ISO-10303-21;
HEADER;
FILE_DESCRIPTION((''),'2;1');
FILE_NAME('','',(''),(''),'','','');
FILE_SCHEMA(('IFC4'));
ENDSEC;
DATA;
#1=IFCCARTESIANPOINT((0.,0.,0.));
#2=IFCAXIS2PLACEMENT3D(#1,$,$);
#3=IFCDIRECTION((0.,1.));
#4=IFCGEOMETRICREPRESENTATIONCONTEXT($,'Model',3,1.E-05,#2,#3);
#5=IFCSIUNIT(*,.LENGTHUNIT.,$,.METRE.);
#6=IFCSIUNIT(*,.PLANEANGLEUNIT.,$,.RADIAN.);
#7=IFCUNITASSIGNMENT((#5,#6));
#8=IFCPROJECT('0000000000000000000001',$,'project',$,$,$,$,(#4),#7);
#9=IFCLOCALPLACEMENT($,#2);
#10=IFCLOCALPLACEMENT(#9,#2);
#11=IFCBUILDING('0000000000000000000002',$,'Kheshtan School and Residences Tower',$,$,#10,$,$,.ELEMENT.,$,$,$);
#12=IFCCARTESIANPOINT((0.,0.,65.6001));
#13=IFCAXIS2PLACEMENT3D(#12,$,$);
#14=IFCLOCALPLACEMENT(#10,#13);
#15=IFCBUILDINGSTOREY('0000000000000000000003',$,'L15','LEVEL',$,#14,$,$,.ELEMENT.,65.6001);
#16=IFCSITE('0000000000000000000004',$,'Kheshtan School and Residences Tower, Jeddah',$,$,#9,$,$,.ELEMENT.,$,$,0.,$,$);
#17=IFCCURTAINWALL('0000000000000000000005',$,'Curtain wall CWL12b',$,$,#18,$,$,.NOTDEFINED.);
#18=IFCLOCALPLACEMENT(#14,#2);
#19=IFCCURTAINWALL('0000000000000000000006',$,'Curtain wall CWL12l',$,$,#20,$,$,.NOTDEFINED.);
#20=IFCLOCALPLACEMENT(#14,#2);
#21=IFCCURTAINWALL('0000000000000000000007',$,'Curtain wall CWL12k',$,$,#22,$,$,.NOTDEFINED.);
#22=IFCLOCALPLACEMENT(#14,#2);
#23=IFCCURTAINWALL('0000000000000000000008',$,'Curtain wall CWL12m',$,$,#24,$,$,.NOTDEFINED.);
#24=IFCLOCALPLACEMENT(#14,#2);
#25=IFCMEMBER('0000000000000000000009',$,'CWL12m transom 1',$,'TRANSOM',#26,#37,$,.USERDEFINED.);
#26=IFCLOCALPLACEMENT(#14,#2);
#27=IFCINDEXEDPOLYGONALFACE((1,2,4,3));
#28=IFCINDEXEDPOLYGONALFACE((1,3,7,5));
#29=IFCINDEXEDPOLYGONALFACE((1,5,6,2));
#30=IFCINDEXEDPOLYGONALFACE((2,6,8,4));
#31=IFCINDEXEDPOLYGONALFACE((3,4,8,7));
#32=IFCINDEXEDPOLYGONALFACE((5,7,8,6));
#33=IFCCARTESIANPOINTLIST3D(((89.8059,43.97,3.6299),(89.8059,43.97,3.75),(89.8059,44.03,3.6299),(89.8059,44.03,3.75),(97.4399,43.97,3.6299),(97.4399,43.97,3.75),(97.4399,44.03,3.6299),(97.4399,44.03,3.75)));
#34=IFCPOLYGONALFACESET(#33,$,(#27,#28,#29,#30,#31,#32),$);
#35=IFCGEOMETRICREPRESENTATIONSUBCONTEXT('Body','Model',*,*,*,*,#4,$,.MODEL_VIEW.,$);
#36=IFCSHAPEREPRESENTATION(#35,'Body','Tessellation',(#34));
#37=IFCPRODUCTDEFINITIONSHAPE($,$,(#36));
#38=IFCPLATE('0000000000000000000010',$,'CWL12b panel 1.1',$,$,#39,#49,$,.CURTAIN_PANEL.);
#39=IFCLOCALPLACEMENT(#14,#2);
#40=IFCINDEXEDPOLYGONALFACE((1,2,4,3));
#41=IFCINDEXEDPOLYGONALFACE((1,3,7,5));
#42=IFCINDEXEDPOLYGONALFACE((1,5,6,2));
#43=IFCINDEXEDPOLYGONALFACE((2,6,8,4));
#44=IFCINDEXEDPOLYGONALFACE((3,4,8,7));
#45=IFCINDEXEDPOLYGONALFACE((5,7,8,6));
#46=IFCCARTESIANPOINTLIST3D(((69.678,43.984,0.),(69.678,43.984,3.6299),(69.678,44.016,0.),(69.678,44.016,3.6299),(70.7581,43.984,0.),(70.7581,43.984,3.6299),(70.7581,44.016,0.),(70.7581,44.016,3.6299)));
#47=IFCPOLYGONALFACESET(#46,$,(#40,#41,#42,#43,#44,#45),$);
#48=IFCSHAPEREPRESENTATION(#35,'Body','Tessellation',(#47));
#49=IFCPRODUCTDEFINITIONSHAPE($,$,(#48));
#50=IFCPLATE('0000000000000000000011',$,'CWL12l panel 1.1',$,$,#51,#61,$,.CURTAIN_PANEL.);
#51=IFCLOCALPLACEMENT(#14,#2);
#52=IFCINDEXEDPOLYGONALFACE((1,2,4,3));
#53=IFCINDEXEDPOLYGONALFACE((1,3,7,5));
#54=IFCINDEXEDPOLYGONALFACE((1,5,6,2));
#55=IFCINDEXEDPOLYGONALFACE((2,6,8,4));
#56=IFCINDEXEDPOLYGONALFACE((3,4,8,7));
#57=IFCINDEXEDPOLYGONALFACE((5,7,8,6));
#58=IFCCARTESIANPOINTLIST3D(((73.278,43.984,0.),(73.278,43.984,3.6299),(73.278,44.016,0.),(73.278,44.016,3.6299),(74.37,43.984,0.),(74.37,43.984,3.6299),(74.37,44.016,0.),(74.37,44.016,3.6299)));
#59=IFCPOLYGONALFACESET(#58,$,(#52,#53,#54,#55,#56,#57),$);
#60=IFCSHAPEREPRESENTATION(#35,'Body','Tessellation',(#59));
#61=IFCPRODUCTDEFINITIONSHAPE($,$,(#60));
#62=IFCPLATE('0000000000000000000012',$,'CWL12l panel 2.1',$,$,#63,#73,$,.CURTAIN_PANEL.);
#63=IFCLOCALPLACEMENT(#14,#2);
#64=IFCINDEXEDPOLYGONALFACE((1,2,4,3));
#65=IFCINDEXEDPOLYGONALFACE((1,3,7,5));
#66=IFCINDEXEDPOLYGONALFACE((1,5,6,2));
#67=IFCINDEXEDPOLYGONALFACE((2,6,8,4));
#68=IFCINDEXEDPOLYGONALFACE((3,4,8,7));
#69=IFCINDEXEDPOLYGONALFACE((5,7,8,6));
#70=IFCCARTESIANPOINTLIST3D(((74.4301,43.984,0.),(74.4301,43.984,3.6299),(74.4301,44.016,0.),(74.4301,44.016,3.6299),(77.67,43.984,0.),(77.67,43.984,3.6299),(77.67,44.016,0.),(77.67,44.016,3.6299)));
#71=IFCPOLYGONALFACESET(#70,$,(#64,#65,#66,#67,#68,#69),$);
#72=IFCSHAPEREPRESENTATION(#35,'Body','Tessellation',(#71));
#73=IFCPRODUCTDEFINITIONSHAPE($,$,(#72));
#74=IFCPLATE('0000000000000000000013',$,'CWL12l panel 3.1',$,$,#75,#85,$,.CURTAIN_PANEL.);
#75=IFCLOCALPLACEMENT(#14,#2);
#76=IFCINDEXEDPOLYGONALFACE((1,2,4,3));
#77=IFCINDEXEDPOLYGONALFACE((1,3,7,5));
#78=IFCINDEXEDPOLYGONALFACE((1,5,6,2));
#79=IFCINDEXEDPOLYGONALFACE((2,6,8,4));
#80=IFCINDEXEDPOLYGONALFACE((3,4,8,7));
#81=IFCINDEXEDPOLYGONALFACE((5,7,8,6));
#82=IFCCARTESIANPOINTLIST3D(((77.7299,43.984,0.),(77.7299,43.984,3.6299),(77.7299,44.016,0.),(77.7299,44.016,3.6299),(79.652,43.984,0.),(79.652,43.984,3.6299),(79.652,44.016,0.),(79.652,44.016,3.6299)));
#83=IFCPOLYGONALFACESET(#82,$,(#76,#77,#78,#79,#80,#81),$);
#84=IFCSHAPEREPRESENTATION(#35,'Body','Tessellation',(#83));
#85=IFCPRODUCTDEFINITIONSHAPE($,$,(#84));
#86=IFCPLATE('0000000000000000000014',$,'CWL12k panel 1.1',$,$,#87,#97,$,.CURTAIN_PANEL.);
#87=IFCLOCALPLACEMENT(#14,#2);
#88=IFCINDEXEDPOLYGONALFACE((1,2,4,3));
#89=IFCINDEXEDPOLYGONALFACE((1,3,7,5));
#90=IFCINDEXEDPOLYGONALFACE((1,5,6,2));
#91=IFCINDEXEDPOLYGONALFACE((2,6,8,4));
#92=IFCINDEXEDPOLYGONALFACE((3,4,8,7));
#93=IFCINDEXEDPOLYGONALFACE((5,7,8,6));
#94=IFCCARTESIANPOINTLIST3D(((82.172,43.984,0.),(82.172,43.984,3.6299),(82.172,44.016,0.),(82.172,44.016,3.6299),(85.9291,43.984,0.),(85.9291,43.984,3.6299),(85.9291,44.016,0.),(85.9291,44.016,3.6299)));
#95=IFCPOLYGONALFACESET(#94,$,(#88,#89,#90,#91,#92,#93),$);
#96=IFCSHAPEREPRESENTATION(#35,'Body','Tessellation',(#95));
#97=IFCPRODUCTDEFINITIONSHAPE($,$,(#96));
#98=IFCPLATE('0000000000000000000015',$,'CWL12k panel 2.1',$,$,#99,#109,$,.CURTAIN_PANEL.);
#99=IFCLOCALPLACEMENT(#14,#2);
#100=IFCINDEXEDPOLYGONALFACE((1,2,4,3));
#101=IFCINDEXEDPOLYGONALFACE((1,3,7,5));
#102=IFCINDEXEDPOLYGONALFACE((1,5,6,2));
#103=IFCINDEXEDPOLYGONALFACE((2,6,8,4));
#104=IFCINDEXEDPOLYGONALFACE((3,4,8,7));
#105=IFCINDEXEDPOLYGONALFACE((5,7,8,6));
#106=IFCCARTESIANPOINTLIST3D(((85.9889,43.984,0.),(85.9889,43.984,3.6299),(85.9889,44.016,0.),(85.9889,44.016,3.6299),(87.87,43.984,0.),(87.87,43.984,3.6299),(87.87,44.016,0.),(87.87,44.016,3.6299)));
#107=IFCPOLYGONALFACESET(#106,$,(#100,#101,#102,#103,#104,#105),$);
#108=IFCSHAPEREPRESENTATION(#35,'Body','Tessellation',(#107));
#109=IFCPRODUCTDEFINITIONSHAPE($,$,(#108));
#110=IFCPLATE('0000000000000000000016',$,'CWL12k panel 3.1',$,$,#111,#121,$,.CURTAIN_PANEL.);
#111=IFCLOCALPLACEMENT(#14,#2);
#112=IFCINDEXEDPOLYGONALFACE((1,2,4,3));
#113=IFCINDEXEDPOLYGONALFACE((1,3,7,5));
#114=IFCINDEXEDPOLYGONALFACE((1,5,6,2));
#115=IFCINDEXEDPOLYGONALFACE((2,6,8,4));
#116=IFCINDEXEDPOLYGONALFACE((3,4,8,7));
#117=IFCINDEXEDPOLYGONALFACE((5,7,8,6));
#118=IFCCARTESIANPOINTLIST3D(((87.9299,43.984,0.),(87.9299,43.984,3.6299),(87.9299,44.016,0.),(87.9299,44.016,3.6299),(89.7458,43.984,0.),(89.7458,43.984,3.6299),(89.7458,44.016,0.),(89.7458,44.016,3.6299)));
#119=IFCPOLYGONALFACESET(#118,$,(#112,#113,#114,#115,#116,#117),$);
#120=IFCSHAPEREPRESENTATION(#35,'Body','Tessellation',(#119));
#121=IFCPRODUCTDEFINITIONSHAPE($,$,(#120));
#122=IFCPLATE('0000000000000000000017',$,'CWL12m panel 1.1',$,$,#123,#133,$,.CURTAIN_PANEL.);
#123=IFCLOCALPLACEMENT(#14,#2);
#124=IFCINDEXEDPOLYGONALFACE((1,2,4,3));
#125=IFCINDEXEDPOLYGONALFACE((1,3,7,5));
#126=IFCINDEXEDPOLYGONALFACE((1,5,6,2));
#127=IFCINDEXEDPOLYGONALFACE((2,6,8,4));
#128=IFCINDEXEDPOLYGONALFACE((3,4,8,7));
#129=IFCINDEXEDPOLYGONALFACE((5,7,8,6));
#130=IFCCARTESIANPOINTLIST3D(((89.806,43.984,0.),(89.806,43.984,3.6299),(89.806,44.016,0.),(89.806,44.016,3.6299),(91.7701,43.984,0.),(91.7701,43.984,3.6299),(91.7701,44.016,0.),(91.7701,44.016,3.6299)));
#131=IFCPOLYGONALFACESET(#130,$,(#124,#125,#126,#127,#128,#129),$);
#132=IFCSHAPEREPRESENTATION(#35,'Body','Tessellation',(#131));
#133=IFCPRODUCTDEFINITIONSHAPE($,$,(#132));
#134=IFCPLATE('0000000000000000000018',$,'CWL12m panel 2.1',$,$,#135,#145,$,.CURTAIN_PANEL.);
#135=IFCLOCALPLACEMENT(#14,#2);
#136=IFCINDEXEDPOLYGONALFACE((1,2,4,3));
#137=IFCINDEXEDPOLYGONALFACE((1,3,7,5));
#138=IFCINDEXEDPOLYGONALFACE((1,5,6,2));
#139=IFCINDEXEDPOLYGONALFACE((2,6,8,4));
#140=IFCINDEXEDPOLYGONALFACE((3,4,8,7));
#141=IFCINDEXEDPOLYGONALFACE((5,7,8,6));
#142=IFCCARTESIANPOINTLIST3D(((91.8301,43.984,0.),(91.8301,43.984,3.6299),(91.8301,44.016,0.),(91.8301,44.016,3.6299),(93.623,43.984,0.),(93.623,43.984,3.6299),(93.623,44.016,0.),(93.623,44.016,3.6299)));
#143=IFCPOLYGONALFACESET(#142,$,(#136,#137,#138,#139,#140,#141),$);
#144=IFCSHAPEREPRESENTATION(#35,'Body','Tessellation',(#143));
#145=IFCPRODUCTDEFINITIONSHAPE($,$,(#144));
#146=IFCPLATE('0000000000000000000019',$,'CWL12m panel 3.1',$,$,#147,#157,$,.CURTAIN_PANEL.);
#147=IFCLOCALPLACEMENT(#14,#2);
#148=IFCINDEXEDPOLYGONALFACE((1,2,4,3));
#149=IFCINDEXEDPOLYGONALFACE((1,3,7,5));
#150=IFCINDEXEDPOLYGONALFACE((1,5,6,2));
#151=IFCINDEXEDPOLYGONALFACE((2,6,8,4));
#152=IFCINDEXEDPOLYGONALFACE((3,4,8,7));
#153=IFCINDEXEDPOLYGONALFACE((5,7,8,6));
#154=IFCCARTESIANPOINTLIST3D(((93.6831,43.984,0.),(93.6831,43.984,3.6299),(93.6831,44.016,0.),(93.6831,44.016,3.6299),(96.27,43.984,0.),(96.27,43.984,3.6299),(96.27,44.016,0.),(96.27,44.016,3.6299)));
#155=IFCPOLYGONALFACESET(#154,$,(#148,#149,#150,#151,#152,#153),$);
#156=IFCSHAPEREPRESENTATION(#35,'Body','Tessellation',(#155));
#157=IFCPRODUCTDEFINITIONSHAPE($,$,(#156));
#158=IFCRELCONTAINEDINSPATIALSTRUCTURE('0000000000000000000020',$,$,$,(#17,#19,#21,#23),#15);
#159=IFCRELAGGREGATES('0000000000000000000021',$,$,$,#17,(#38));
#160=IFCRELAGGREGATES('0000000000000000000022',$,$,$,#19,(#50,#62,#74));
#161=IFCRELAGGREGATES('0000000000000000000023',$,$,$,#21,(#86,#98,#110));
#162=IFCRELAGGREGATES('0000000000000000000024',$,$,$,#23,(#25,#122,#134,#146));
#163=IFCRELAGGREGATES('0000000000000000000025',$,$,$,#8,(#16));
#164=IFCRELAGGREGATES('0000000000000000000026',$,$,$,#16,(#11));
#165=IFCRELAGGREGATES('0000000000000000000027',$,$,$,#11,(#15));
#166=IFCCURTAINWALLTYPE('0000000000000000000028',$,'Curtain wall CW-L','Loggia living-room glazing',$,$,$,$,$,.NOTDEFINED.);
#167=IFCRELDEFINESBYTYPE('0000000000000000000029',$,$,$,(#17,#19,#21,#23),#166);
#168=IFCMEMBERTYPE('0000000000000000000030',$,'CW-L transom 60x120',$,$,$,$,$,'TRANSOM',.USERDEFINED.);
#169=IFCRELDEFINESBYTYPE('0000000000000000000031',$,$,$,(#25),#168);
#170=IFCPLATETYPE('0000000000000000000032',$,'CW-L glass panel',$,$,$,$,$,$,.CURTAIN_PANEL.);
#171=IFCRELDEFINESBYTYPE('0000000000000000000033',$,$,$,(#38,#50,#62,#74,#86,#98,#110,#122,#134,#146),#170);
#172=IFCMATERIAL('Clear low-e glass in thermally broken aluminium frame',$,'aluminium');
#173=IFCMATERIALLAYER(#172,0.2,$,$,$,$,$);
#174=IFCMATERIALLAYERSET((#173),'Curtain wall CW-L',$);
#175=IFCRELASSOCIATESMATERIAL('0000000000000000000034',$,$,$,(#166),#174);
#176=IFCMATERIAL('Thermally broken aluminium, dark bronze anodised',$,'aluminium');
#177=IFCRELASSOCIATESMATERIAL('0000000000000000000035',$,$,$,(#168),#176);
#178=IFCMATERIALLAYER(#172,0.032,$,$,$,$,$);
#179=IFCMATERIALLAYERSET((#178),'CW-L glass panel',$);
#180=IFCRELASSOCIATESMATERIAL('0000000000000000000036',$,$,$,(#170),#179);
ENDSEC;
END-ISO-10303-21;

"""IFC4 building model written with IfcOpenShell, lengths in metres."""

from ifc_helpers import new_model, si_unit, direction, frame, origin, origin_2d, place, context, subcontext, project, spatial, rectangle, extrude, material, layer, layer_set, material_profile, profile_set, type_object, element, aggregate, save


model = new_model("IFC4")

# Units and contexts
model_context = context("Model", 3, precision=1e-05, world=origin(), true_north=direction((0.0, 1.0)))
body_context = subcontext(model_context, "Body", "Model", "MODEL_VIEW")
ifc_project = project(units=[si_unit("LENGTHUNIT", "METRE"), si_unit("PLANEANGLEUNIT", "RADIAN")], contexts=[model_context])

# Site, building, storey
site_placement = place(None, origin())
site = spatial("IfcSite", under=ifc_project, at=site_placement, Name="Kheshtan School and Residences Tower, Jeddah", CompositionType="ELEMENT", RefElevation=0.0)
building_placement = place(site_placement, origin())
building = spatial("IfcBuilding", under=site, at=building_placement, Name="Kheshtan School and Residences Tower", CompositionType="ELEMENT")
storey_placement = place(building_placement, frame((0.0, 0.0, 65.6001)))
storey = spatial("IfcBuildingStorey", under=building, at=storey_placement, Name="L15", Description="LEVEL", CompositionType="ELEMENT", Elevation=65.6001)

# Curtain walls
ifc_material_1 = material(Name="Clear low-e glass in thermally broken aluminium frame", Category="aluminium")
ifc_layer_1 = layer(ifc_material_1, 0.2)
ifc_layer_set_1 = layer_set([ifc_layer_1], Name="Curtain wall CW-L")
curtain_wall_type = type_object("IfcCurtainWallType", Name="Curtain wall CW-L", Description="Loggia living-room glazing", PredefinedType="NOTDEFINED", material=ifc_layer_set_1)
curtain_wall_1_placement = place(storey_placement, origin())
curtain_wall_1 = element("IfcCurtainWall", 1, at=curtain_wall_1_placement, inside=storey, type_object=curtain_wall_type, Name="Curtain wall CWL12b", PredefinedType="NOTDEFINED")
ifc_material_2 = material(Name="Thermally broken aluminium, dark bronze anodised", Category="aluminium")
curtain_wall_2_placement = place(storey_placement, origin())
curtain_wall_2 = element("IfcCurtainWall", 2, at=curtain_wall_2_placement, inside=storey, type_object=curtain_wall_type, Name="Curtain wall CWL12l", PredefinedType="NOTDEFINED")
curtain_wall_3_placement = place(storey_placement, origin())
curtain_wall_3 = element("IfcCurtainWall", 3, at=curtain_wall_3_placement, inside=storey, type_object=curtain_wall_type, Name="Curtain wall CWL12k", PredefinedType="NOTDEFINED")
curtain_wall_4_placement = place(storey_placement, origin())
curtain_wall_4 = element("IfcCurtainWall", 4, at=curtain_wall_4_placement, inside=storey, type_object=curtain_wall_type, Name="Curtain wall CWL12m", PredefinedType="NOTDEFINED")

# Member
ifc_material_profile_1 = material_profile(ifc_material_2, rectangle(XDim=0.0601, YDim=0.1201, at=origin_2d()), Name="CW-L transom 60x120")
ifc_profile_set_1 = profile_set([ifc_material_profile_1], Name="Thermally broken aluminium, dark bronze anodised")
member_type_1 = type_object("IfcMemberType", Name="CW-L transom 60x120", ElementType="TRANSOM", PredefinedType="USERDEFINED", material=ifc_profile_set_1)
member_1_placement = place(storey_placement, frame((89.8059, 44.0, 3.6899), z_axis=(1.0, 0.0, 0.0), x_axis=(0.0, 1.0, 0.0)))
member_1 = element("IfcMember", 5, at=member_1_placement, type_object=member_type_1, Name="CWL12m transom 1", ObjectType="TRANSOM", PredefinedType="USERDEFINED", context=body_context, shape_type="SweptSolid", body=[
    extrude(rectangle(XDim=0.0601, YDim=0.1201, at=origin_2d()), origin(), (0.0, 0.0, 1.0), 7.634),
])

# Plates
ifc_layer_2 = layer(ifc_material_1, 0.032)
ifc_layer_set_2 = layer_set([ifc_layer_2], Name="CW-L glass panel")
plate_type = type_object("IfcPlateType", Name="CW-L glass panel", PredefinedType="CURTAIN_PANEL", material=ifc_layer_set_2)
plate_1_placement = place(storey_placement, frame((70.218, 44.0, 0.0), z_axis=(0.0, 0.0, 1.0), x_axis=(1.0, 0.0, 0.0)))
plate_1 = element("IfcPlate", 6, at=plate_1_placement, type_object=plate_type, Name="CWL12b panel 1.1", PredefinedType="CURTAIN_PANEL", context=body_context, shape_type="SweptSolid", body=[
    extrude(rectangle(XDim=1.0801, YDim=0.032, at=origin_2d()), origin(), (0.0, 0.0, 1.0), 3.6299),
])
aggregate(curtain_wall_1, [plate_1])
plate_2_placement = place(storey_placement, frame((73.824, 44.0, 0.0), z_axis=(0.0, 0.0, 1.0), x_axis=(1.0, 0.0, 0.0)))
plate_2 = element("IfcPlate", 7, at=plate_2_placement, type_object=plate_type, Name="CWL12l panel 1.1", PredefinedType="CURTAIN_PANEL", context=body_context, shape_type="SweptSolid", body=[
    extrude(rectangle(XDim=1.092, YDim=0.032, at=origin_2d()), origin(), (0.0, 0.0, 1.0), 3.6299),
])
plate_3_placement = place(storey_placement, frame((76.05, 44.0, 0.0), z_axis=(0.0, 0.0, 1.0), x_axis=(1.0, 0.0, 0.0)))
plate_3 = element("IfcPlate", 8, at=plate_3_placement, type_object=plate_type, Name="CWL12l panel 2.1", PredefinedType="CURTAIN_PANEL", context=body_context, shape_type="SweptSolid", body=[
    extrude(rectangle(XDim=3.24, YDim=0.032, at=origin_2d()), origin(), (0.0, 0.0, 1.0), 3.6299),
])
plate_4_placement = place(storey_placement, frame((78.6909, 44.0, 0.0), z_axis=(0.0, 0.0, 1.0), x_axis=(1.0, 0.0, 0.0)))
plate_4 = element("IfcPlate", 9, at=plate_4_placement, type_object=plate_type, Name="CWL12l panel 3.1", PredefinedType="CURTAIN_PANEL", context=body_context, shape_type="SweptSolid", body=[
    extrude(rectangle(XDim=1.9221, YDim=0.032, at=origin_2d()), origin(), (0.0, 0.0, 1.0), 3.6299),
])
aggregate(curtain_wall_2, [plate_2, plate_3, plate_4])
plate_5_placement = place(storey_placement, frame((84.0505, 44.0, 0.0), z_axis=(0.0, 0.0, 1.0), x_axis=(1.0, 0.0, 0.0)))
plate_5 = element("IfcPlate", 10, at=plate_5_placement, type_object=plate_type, Name="CWL12k panel 1.1", PredefinedType="CURTAIN_PANEL", context=body_context, shape_type="SweptSolid", body=[
    extrude(rectangle(XDim=3.7571, YDim=0.032, at=origin_2d()), origin(), (0.0, 0.0, 1.0), 3.6299),
])
plate_6_placement = place(storey_placement, frame((86.9294, 44.0, 0.0), z_axis=(0.0, 0.0, 1.0), x_axis=(1.0, 0.0, 0.0)))
plate_6 = element("IfcPlate", 11, at=plate_6_placement, type_object=plate_type, Name="CWL12k panel 2.1", PredefinedType="CURTAIN_PANEL", context=body_context, shape_type="SweptSolid", body=[
    extrude(rectangle(XDim=1.8811, YDim=0.032, at=origin_2d()), origin(), (0.0, 0.0, 1.0), 3.6299),
])
plate_7_placement = place(storey_placement, frame((88.8379, 44.0, 0.0), z_axis=(0.0, 0.0, 1.0), x_axis=(1.0, 0.0, 0.0)))
plate_7 = element("IfcPlate", 12, at=plate_7_placement, type_object=plate_type, Name="CWL12k panel 3.1", PredefinedType="CURTAIN_PANEL", context=body_context, shape_type="SweptSolid", body=[
    extrude(rectangle(XDim=1.8159, YDim=0.032, at=origin_2d()), origin(), (0.0, 0.0, 1.0), 3.6299),
])
aggregate(curtain_wall_3, [plate_5, plate_6, plate_7])
plate_8_placement = place(storey_placement, frame((90.7881, 44.0, 0.0), z_axis=(0.0, 0.0, 1.0), x_axis=(1.0, 0.0, 0.0)))
plate_8 = element("IfcPlate", 13, at=plate_8_placement, type_object=plate_type, Name="CWL12m panel 1.1", PredefinedType="CURTAIN_PANEL", context=body_context, shape_type="SweptSolid", body=[
    extrude(rectangle(XDim=1.9641, YDim=0.032, at=origin_2d()), origin(), (0.0, 0.0, 1.0), 3.6299),
])
plate_9_placement = place(storey_placement, frame((92.7266, 44.0, 0.0), z_axis=(0.0, 0.0, 1.0), x_axis=(1.0, 0.0, 0.0)))
plate_9 = element("IfcPlate", 14, at=plate_9_placement, type_object=plate_type, Name="CWL12m panel 2.1", PredefinedType="CURTAIN_PANEL", context=body_context, shape_type="SweptSolid", body=[
    extrude(rectangle(XDim=1.793, YDim=0.032, at=origin_2d()), origin(), (0.0, 0.0, 1.0), 3.6299),
])
plate_10_placement = place(storey_placement, frame((94.9766, 44.0, 0.0), z_axis=(0.0, 0.0, 1.0), x_axis=(1.0, 0.0, 0.0)))
plate_10 = element("IfcPlate", 15, at=plate_10_placement, type_object=plate_type, Name="CWL12m panel 3.1", PredefinedType="CURTAIN_PANEL", context=body_context, shape_type="SweptSolid", body=[
    extrude(rectangle(XDim=2.5869, YDim=0.032, at=origin_2d()), origin(), (0.0, 0.0, 1.0), 3.6299),
])
aggregate(curtain_wall_4, [member_1, plate_8, plate_9, plate_10])

save(model, "model.ifc")
